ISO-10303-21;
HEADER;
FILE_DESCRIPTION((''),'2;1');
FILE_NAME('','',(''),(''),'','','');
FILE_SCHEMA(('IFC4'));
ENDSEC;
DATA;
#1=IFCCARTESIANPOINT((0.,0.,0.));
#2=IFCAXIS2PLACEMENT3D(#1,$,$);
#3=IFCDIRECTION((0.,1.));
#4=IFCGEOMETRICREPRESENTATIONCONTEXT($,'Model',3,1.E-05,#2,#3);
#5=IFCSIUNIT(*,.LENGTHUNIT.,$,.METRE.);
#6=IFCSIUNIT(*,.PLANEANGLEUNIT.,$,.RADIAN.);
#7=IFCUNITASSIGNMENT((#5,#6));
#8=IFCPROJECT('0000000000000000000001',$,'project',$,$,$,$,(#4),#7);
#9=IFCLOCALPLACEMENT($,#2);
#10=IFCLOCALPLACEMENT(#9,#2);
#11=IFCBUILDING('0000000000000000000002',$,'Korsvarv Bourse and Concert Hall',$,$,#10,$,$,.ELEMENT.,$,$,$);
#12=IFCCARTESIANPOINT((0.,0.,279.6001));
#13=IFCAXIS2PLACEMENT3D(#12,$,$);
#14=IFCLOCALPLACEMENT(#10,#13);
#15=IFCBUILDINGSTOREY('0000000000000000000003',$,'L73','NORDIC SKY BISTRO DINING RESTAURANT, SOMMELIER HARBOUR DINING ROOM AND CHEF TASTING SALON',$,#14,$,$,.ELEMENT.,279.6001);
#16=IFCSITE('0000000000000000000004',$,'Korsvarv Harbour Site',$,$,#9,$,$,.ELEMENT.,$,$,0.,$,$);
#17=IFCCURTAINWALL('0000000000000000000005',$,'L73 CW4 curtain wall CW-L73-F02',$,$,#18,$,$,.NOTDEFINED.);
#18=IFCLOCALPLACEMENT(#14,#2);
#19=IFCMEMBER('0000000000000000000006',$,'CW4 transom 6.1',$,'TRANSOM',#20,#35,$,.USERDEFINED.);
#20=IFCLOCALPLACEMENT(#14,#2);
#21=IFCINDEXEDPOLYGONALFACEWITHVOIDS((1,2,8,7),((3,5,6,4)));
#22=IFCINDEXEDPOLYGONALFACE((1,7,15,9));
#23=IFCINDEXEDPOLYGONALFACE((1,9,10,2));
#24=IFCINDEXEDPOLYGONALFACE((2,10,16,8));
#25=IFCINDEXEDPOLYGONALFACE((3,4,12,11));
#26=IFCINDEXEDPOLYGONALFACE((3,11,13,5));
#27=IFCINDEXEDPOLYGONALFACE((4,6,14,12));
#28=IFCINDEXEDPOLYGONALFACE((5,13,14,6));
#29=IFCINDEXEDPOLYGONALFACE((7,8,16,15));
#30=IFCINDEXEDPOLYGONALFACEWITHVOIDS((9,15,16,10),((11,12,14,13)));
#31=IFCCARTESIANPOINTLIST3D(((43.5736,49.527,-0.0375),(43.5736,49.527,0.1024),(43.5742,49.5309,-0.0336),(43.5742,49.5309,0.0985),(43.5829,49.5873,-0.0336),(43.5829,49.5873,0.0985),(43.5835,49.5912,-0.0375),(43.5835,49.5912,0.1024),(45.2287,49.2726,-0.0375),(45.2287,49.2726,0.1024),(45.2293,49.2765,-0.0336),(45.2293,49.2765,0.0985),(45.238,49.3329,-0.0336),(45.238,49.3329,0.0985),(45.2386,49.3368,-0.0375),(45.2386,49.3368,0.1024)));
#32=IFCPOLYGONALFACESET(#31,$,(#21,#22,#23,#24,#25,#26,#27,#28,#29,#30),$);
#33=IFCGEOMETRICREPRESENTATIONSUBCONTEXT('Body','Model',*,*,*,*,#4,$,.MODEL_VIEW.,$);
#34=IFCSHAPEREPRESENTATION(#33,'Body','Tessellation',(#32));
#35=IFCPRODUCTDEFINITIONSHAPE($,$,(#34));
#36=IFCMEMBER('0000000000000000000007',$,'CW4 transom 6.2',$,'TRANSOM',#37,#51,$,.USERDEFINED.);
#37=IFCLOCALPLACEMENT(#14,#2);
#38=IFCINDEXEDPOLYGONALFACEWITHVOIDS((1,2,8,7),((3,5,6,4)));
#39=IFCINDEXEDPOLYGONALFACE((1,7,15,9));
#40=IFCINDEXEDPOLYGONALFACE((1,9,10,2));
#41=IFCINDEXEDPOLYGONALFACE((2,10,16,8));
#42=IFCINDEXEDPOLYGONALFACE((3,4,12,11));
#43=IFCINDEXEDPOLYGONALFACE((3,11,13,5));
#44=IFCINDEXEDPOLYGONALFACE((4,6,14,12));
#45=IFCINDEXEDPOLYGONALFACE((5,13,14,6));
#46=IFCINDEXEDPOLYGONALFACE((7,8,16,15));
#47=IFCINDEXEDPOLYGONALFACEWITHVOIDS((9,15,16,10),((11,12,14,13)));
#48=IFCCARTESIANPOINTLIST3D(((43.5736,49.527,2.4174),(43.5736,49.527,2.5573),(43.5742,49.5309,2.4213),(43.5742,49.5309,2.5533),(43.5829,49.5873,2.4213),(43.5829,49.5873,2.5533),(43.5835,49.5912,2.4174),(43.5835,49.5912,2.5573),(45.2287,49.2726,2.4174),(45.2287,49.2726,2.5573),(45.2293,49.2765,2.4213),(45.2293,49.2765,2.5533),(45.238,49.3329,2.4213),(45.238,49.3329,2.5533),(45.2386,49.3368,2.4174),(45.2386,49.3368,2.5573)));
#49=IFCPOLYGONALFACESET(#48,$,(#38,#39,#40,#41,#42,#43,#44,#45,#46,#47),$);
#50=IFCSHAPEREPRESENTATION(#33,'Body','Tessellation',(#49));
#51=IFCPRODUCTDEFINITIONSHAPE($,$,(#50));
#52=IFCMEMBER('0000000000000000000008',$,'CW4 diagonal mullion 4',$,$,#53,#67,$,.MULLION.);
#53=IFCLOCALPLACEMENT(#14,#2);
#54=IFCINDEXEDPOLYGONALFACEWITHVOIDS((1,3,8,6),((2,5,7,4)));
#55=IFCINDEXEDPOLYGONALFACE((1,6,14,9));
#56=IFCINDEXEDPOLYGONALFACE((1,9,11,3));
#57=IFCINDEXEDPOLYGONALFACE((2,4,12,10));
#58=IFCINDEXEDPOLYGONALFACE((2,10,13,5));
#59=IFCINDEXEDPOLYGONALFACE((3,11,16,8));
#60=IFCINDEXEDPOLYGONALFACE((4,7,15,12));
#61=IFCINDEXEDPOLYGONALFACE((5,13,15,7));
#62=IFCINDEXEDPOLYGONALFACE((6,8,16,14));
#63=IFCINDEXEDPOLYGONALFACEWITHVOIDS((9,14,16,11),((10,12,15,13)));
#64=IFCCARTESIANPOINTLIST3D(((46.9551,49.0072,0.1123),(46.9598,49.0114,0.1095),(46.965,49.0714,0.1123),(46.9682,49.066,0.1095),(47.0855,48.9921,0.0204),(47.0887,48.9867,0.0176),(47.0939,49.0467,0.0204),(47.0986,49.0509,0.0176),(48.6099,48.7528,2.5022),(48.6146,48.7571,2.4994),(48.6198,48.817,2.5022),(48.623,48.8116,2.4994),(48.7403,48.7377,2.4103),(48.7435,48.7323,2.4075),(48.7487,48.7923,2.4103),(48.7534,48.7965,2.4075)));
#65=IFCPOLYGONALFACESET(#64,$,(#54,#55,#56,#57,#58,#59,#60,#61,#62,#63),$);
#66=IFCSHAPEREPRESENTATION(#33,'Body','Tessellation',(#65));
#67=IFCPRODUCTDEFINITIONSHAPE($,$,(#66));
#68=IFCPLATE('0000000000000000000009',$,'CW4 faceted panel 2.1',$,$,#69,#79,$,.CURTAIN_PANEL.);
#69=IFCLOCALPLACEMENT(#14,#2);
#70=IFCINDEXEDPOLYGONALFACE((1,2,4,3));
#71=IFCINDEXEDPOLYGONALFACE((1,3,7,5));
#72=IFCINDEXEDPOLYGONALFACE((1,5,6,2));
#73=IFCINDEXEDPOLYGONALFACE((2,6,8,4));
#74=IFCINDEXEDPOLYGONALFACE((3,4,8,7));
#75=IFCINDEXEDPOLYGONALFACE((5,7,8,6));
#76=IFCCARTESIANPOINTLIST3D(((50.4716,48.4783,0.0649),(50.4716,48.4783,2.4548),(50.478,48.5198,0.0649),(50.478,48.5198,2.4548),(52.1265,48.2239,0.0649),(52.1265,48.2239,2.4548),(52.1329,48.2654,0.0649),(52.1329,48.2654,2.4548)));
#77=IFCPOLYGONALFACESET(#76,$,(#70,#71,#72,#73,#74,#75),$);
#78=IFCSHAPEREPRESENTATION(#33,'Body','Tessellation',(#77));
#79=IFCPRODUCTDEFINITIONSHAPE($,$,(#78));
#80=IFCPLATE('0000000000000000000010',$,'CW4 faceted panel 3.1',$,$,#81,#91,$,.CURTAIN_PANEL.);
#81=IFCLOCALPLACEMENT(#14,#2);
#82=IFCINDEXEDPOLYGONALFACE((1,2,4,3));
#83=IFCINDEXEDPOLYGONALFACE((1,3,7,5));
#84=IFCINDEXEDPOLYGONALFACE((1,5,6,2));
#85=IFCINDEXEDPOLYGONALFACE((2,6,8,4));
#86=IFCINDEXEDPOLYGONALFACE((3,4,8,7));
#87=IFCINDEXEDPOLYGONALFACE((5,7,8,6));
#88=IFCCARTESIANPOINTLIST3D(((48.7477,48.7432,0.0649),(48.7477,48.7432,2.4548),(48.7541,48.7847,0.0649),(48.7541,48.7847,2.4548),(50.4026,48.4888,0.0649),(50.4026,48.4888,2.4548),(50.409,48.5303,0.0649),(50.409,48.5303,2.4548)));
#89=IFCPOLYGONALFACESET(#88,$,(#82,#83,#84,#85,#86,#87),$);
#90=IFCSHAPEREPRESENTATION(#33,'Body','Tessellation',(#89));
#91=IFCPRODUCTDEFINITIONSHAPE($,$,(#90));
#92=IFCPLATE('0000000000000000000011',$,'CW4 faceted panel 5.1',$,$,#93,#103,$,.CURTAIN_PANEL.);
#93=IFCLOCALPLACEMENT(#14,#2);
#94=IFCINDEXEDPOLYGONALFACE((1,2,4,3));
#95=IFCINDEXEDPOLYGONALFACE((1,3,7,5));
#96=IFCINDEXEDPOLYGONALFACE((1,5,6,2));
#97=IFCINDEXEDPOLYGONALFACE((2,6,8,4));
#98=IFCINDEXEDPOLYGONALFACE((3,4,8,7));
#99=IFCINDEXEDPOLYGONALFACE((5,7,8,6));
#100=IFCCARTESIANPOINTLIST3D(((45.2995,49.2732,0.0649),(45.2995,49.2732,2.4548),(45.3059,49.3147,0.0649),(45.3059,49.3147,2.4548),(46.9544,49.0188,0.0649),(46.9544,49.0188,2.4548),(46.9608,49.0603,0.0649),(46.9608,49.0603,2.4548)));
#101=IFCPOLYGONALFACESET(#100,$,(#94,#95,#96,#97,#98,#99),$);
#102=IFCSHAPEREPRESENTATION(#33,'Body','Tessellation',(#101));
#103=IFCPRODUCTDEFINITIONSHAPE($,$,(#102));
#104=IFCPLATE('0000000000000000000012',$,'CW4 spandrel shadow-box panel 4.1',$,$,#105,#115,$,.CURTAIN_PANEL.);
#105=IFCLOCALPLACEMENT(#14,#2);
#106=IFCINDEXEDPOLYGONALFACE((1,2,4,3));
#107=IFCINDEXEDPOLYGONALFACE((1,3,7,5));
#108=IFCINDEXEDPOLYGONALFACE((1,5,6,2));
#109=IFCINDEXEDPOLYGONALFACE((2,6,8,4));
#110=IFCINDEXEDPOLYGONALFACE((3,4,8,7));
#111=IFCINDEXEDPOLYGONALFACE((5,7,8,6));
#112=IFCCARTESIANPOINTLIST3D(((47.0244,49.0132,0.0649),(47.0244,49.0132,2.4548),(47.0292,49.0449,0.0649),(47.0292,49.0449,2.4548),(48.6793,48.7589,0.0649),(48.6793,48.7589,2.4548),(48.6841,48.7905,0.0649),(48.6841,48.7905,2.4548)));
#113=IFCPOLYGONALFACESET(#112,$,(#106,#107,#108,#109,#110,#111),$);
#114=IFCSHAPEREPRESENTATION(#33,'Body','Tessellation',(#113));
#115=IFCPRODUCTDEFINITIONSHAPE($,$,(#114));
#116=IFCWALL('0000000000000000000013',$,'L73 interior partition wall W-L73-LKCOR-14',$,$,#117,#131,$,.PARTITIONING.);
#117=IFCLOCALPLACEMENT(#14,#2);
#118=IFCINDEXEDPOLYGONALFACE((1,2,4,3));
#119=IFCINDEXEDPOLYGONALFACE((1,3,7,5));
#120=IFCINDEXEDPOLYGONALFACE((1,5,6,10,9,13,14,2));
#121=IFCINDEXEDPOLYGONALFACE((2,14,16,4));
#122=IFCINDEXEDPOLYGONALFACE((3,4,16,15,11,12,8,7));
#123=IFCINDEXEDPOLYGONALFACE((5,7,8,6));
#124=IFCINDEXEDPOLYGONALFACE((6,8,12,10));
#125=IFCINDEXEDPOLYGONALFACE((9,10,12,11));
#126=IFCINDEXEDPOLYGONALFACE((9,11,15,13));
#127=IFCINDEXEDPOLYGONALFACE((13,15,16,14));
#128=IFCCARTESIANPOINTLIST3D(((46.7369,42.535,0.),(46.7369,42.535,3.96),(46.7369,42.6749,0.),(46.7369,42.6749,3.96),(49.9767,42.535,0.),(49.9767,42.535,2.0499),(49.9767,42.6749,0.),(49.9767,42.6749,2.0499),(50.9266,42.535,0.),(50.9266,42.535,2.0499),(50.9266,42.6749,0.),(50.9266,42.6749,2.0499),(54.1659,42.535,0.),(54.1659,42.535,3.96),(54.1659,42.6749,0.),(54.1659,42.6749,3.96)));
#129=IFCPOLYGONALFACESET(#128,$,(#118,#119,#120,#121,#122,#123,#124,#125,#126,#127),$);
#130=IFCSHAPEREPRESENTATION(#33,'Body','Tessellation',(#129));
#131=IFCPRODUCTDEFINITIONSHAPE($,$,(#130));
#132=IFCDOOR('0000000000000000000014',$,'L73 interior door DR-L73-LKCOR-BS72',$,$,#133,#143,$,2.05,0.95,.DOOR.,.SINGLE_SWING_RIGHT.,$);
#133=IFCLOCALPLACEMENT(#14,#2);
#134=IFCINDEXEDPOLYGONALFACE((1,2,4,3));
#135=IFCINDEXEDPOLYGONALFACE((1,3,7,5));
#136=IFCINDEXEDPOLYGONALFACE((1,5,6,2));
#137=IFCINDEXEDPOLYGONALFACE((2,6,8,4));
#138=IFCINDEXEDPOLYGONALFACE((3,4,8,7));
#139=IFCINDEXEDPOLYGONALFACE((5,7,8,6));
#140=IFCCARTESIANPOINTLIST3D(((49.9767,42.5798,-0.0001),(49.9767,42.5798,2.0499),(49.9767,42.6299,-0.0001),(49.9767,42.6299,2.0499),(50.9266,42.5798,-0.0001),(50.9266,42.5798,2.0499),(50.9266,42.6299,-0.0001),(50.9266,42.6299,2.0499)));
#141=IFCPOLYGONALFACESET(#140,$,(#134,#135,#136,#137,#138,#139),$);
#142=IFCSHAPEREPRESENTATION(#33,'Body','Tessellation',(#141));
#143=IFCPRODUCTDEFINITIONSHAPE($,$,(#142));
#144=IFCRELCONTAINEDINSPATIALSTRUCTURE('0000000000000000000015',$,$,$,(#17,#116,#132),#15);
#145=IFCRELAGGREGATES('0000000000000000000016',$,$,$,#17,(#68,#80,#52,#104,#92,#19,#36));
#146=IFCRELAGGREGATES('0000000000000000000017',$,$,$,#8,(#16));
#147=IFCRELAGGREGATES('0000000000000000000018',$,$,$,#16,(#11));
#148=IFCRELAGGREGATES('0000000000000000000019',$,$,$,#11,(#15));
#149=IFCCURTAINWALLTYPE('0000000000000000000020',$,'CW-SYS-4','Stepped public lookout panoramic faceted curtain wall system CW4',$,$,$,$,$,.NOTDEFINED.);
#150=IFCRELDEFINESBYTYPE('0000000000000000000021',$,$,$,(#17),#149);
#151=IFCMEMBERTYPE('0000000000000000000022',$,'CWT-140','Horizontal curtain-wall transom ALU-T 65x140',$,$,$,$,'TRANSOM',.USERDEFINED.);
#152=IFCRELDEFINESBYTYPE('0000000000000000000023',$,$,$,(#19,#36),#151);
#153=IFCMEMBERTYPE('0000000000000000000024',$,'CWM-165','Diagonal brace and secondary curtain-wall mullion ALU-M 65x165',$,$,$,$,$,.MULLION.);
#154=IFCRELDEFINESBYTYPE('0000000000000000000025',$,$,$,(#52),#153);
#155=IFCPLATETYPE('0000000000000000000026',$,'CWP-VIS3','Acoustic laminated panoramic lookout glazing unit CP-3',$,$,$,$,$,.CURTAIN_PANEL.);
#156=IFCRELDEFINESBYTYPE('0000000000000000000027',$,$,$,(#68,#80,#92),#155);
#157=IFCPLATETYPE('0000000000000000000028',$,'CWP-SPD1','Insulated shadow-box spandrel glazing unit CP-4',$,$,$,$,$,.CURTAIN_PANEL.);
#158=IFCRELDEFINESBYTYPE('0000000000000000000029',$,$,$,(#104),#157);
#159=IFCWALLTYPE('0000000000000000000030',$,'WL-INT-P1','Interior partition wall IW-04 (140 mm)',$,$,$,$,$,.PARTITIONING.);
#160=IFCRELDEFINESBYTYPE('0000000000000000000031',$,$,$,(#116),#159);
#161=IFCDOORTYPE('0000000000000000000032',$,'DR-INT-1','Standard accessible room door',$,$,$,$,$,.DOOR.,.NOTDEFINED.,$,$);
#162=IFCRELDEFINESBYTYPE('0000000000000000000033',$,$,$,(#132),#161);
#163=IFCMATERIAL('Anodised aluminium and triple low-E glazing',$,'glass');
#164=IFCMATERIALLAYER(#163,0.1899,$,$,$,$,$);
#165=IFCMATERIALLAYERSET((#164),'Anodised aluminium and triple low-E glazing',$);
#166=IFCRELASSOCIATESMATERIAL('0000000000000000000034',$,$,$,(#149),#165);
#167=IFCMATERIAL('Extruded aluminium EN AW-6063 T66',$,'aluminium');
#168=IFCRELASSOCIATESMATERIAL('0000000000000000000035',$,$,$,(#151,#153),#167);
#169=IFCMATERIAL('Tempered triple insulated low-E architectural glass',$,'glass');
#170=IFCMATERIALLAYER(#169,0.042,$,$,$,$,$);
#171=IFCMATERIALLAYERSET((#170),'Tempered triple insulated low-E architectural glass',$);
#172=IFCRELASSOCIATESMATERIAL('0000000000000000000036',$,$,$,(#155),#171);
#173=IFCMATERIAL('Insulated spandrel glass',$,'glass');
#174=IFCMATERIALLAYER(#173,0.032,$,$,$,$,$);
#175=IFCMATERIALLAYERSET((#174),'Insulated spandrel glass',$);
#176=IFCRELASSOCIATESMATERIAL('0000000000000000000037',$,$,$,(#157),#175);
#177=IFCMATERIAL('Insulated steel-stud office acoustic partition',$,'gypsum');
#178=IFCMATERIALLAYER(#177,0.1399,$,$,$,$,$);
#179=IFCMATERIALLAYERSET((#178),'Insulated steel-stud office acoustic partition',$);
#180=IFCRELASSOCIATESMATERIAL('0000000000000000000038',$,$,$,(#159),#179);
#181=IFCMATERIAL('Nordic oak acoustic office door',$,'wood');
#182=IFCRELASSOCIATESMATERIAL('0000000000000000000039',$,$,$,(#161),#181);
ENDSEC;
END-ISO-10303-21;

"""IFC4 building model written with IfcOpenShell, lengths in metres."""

from ifc_helpers import new_model, si_unit, direction, frame, frame_2d, origin, origin_2d, place, context, subcontext, project, spatial, rectangle, hollow_rectangle, extrude, source, transform, mapped, material, layer, layer_set, material_profile, profile_set, type_object, element, fill, aggregate, save


model = new_model("IFC4")

# Units and contexts
model_context = context("Model", 3, precision=1e-05, world=origin(), true_north=direction((0.0, 1.0)))
body_context = subcontext(model_context, "Body", "Model", "MODEL_VIEW")
ifc_project = project(units=[si_unit("LENGTHUNIT", "METRE"), si_unit("PLANEANGLEUNIT", "RADIAN")], contexts=[model_context])

# Site, building, storey
site_placement = place(None, origin())
site = spatial("IfcSite", under=ifc_project, at=site_placement, Name="Korsvarv Harbour Site", CompositionType="ELEMENT", RefElevation=0.0)
building_placement = place(site_placement, origin())
building = spatial("IfcBuilding", under=site, at=building_placement, Name="Korsvarv Bourse and Concert Hall", CompositionType="ELEMENT")
storey_placement = place(building_placement, frame((0.0, 0.0, 279.6001)))
storey = spatial("IfcBuildingStorey", under=building, at=storey_placement, Name="L73", Description="NORDIC SKY BISTRO DINING RESTAURANT, SOMMELIER HARBOUR DINING ROOM AND CHEF TASTING SALON", CompositionType="ELEMENT", Elevation=279.6001)

# Curtain wall, members, plates
ifc_material_1 = material(Name="Anodised aluminium and triple low-E glazing", Category="glass")
ifc_layer_1 = layer(ifc_material_1, 0.1899)
ifc_layer_set_1 = layer_set([ifc_layer_1], Name="Anodised aluminium and triple low-E glazing")
curtain_wall_type = type_object("IfcCurtainWallType", Name="CW-SYS-4", Description="Stepped public lookout panoramic faceted curtain wall system CW4", PredefinedType="NOTDEFINED", material=ifc_layer_set_1)
curtain_wall_placement = place(storey_placement, origin())
curtain_wall = element("IfcCurtainWall", 1, at=curtain_wall_placement, inside=storey, type_object=curtain_wall_type, Name="L73 CW4 curtain wall CW-L73-F02", PredefinedType="NOTDEFINED")
ifc_material_2 = material(Name="Extruded aluminium EN AW-6063 T66", Category="aluminium")
ifc_material_profile_1 = material_profile(ifc_material_2, hollow_rectangle(XDim=0.0649, YDim=0.1399, WallThickness=0.0039, at=origin_2d()), Name="ALU-T 65x140")
ifc_profile_set_1 = profile_set([ifc_material_profile_1], Name="Extruded aluminium EN AW-6063 T66")
member_type_1 = type_object("IfcMemberType", Name="CWT-140", Description="Horizontal curtain-wall transom ALU-T 65x140", ElementType="TRANSOM", PredefinedType="USERDEFINED", material=ifc_profile_set_1)
shared_shape_1 = source(origin(), body_context, "Body", "SweptSolid", [
    extrude(hollow_rectangle(XDim=0.0649, YDim=0.1399, WallThickness=0.0039, at=origin_2d()), origin(), (0.0, 0.0, 1.0), 1.6746),
])
member_1_placement = place(storey_placement, frame((45.2336, 49.3047, 0.0325), z_axis=(-0.988392, 0.151926, 0.0), x_axis=(-0.151926, -0.988392, 0.0)))
member_1 = element("IfcMember", 2, at=member_1_placement, type_object=member_type_1, Name="CW4 transom 6.1", ObjectType="TRANSOM", PredefinedType="USERDEFINED", context=body_context, shape_type="MappedRepresentation", body=[
    mapped(shared_shape_1, transform((0.0, 0.0, 0.0), scale=1.0)),
])
member_2_placement = place(storey_placement, frame((45.2336, 49.3047, 2.4873), z_axis=(-0.988392, 0.151926, 0.0), x_axis=(-0.151926, -0.988392, 0.0)))
member_2 = element("IfcMember", 3, at=member_2_placement, type_object=member_type_1, Name="CW4 transom 6.2", ObjectType="TRANSOM", PredefinedType="USERDEFINED", context=body_context, shape_type="MappedRepresentation", body=[
    mapped(shared_shape_1, transform((0.0, 0.0, 0.0), scale=1.0)),
])
ifc_material_profile_2 = material_profile(ifc_material_2, hollow_rectangle(XDim=0.0649, YDim=0.165, WallThickness=0.0049, at=origin_2d()), Name="ALU-M 65x165")
ifc_profile_set_2 = profile_set([ifc_material_profile_2], Name="Extruded aluminium EN AW-6063 T66")
member_type_2 = type_object("IfcMemberType", Name="CWM-165", Description="Diagonal brace and secondary curtain-wall mullion ALU-M 65x165", PredefinedType="MULLION", material=ifc_profile_set_2)
shared_shape_2 = source(origin(), body_context, "Body", "SweptSolid", [
    extrude(hollow_rectangle(XDim=0.0649, YDim=0.165, WallThickness=0.0049, at=origin_2d()), origin(), (0.0, 0.0, 1.0), 2.918),
])
member_3_placement = place(storey_placement, frame((47.0269, 49.0291, 0.0649), z_axis=(0.567099, -0.087182, 0.819022), x_axis=(0.151948, 0.988389, 0.0)))
member_3 = element("IfcMember", 4, at=member_3_placement, type_object=member_type_2, Name="CW4 diagonal mullion 4", PredefinedType="MULLION", context=body_context, shape_type="MappedRepresentation", body=[
    mapped(shared_shape_2, transform((0.0, 0.0, 0.0), scale=1.0)),
])
ifc_material_3 = material(Name="Tempered triple insulated low-E architectural glass", Category="glass")
ifc_layer_2 = layer(ifc_material_3, 0.042)
ifc_layer_set_2 = layer_set([ifc_layer_2], Name="Tempered triple insulated low-E architectural glass")
plate_type_1 = type_object("IfcPlateType", Name="CWP-VIS3", Description="Acoustic laminated panoramic lookout glazing unit CP-3", PredefinedType="CURTAIN_PANEL", material=ifc_layer_set_2)
shared_shape_3 = source(origin(), body_context, "Body", "SweptSolid", [
    extrude(rectangle(XDim=1.6743, YDim=0.042, at=origin_2d()), origin(), (0.0, 0.0, 1.0), 2.3899),
])
plate_1_placement = place(storey_placement, frame((51.3022, 48.3718, 0.0649), z_axis=(0.0, 0.0, 1.0), x_axis=(-0.988391, 0.151931, 0.0)))
plate_1 = element("IfcPlate", 5, at=plate_1_placement, type_object=plate_type_1, Name="CW4 faceted panel 2.1", PredefinedType="CURTAIN_PANEL", context=body_context, shape_type="MappedRepresentation", body=[
    mapped(shared_shape_3, transform((0.0, 0.0, 0.0), scale=1.0)),
])
plate_2_placement = place(storey_placement, frame((49.5784, 48.6367, 0.0649), z_axis=(0.0, 0.0, 1.0), x_axis=(-0.988391, 0.151931, 0.0)))
plate_2 = element("IfcPlate", 6, at=plate_2_placement, type_object=plate_type_1, Name="CW4 faceted panel 3.1", PredefinedType="CURTAIN_PANEL", context=body_context, shape_type="MappedRepresentation", body=[
    mapped(shared_shape_3, transform((0.0, 0.0, 0.0), scale=1.0)),
])
plate_3_placement = place(storey_placement, frame((46.1301, 49.1667, 0.0649), z_axis=(0.0, 0.0, 1.0), x_axis=(-0.988391, 0.151931, 0.0)))
plate_3 = element("IfcPlate", 7, at=plate_3_placement, type_object=plate_type_1, Name="CW4 faceted panel 5.1", PredefinedType="CURTAIN_PANEL", context=body_context, shape_type="MappedRepresentation", body=[
    mapped(shared_shape_3, transform((0.0, 0.0, 0.0), scale=1.0)),
])
ifc_material_4 = material(Name="Insulated spandrel glass", Category="glass")
ifc_layer_3 = layer(ifc_material_4, 0.032)
ifc_layer_set_3 = layer_set([ifc_layer_3], Name="Insulated spandrel glass")
plate_type_2 = type_object("IfcPlateType", Name="CWP-SPD1", Description="Insulated shadow-box spandrel glazing unit CP-4", PredefinedType="CURTAIN_PANEL", material=ifc_layer_set_3)
shared_shape_4 = source(origin(), body_context, "Body", "SweptSolid", [
    extrude(rectangle(XDim=1.6743, YDim=0.032, at=origin_2d()), origin(), (0.0, 0.0, 1.0), 2.3899),
])
plate_4_placement = place(storey_placement, frame((47.8542, 48.9019, 0.0649), z_axis=(0.0, 0.0, 1.0), x_axis=(-0.988391, 0.151931, 0.0)))
plate_4 = element("IfcPlate", 8, at=plate_4_placement, type_object=plate_type_2, Name="CW4 spandrel shadow-box panel 4.1", PredefinedType="CURTAIN_PANEL", context=body_context, shape_type="MappedRepresentation", body=[
    mapped(shared_shape_4, transform((0.0, 0.0, 0.0), scale=1.0)),
])
aggregate(curtain_wall, [plate_1, plate_2, member_3, plate_4, plate_3, member_1, member_2])

# Wall, opening, door
ifc_material_5 = material(Name="Insulated steel-stud office acoustic partition", Category="gypsum")
ifc_layer_4 = layer(ifc_material_5, 0.1399)
ifc_layer_set_4 = layer_set([ifc_layer_4], Name="Insulated steel-stud office acoustic partition")
wall_type = type_object("IfcWallType", Name="WL-INT-P1", Description="Interior partition wall IW-04 (140 mm)", PredefinedType="PARTITIONING", material=ifc_layer_set_4)
wall_placement = place(storey_placement, frame((46.7371, 42.605, 0.0), z_axis=(0.0, 0.0, 1.0), x_axis=(1.0, 0.0, 0.0)))
wall = element("IfcWall", 9, at=wall_placement, inside=storey, type_object=wall_type, Name="L73 interior partition wall W-L73-LKCOR-14", PredefinedType="PARTITIONING", context=body_context, shape_type="SweptSolid", body=[
    extrude(rectangle(XDim=7.429, YDim=0.1399, at=frame_2d((3.7144, 0.0))), origin(), (0.0, 0.0, 1.0), 3.96),
])
opening_placement = place(wall_placement, frame((3.2395, 0.0, 0.0)))
opening = element("IfcOpeningElement", 10, at=opening_placement, cuts=wall, PredefinedType="OPENING", context=body_context, shape_type="SweptSolid", body=[
    extrude(rectangle(XDim=0.95, YDim=2.05, at=frame_2d((0.4751, 1.0249))), frame((0.0, 0.0801, 0.0), z_axis=(0.0, -1.0, 0.0), x_axis=(1.0, 0.0, 0.0)), (0.0, 0.0, 1.0), 0.1599),
])
ifc_material_6 = material(Name="Nordic oak acoustic office door", Category="wood")
door_type = type_object("IfcDoorType", Name="DR-INT-1", Description="Standard accessible room door", OperationType="NOTDEFINED", PredefinedType="DOOR", material=ifc_material_6)
door_placement = place(opening_placement, origin())
door = element("IfcDoor", 11, at=door_placement, inside=storey, type_object=door_type, Name="L73 interior door DR-L73-LKCOR-BS72", OperationType="SINGLE_SWING_RIGHT", OverallHeight=2.05, OverallWidth=0.95, PredefinedType="DOOR", context=body_context, shape_type="SweptSolid", body=[
    extrude(rectangle(XDim=0.95, YDim=2.05, at=frame_2d((0.4751, 1.0249))), frame((0.0, 0.0249, 0.0), z_axis=(0.0, -1.0, 0.0), x_axis=(1.0, 0.0, 0.0)), (0.0, 0.0, 1.0), 0.05),
])
fill(opening, door)

save(model, "model.ifc")
